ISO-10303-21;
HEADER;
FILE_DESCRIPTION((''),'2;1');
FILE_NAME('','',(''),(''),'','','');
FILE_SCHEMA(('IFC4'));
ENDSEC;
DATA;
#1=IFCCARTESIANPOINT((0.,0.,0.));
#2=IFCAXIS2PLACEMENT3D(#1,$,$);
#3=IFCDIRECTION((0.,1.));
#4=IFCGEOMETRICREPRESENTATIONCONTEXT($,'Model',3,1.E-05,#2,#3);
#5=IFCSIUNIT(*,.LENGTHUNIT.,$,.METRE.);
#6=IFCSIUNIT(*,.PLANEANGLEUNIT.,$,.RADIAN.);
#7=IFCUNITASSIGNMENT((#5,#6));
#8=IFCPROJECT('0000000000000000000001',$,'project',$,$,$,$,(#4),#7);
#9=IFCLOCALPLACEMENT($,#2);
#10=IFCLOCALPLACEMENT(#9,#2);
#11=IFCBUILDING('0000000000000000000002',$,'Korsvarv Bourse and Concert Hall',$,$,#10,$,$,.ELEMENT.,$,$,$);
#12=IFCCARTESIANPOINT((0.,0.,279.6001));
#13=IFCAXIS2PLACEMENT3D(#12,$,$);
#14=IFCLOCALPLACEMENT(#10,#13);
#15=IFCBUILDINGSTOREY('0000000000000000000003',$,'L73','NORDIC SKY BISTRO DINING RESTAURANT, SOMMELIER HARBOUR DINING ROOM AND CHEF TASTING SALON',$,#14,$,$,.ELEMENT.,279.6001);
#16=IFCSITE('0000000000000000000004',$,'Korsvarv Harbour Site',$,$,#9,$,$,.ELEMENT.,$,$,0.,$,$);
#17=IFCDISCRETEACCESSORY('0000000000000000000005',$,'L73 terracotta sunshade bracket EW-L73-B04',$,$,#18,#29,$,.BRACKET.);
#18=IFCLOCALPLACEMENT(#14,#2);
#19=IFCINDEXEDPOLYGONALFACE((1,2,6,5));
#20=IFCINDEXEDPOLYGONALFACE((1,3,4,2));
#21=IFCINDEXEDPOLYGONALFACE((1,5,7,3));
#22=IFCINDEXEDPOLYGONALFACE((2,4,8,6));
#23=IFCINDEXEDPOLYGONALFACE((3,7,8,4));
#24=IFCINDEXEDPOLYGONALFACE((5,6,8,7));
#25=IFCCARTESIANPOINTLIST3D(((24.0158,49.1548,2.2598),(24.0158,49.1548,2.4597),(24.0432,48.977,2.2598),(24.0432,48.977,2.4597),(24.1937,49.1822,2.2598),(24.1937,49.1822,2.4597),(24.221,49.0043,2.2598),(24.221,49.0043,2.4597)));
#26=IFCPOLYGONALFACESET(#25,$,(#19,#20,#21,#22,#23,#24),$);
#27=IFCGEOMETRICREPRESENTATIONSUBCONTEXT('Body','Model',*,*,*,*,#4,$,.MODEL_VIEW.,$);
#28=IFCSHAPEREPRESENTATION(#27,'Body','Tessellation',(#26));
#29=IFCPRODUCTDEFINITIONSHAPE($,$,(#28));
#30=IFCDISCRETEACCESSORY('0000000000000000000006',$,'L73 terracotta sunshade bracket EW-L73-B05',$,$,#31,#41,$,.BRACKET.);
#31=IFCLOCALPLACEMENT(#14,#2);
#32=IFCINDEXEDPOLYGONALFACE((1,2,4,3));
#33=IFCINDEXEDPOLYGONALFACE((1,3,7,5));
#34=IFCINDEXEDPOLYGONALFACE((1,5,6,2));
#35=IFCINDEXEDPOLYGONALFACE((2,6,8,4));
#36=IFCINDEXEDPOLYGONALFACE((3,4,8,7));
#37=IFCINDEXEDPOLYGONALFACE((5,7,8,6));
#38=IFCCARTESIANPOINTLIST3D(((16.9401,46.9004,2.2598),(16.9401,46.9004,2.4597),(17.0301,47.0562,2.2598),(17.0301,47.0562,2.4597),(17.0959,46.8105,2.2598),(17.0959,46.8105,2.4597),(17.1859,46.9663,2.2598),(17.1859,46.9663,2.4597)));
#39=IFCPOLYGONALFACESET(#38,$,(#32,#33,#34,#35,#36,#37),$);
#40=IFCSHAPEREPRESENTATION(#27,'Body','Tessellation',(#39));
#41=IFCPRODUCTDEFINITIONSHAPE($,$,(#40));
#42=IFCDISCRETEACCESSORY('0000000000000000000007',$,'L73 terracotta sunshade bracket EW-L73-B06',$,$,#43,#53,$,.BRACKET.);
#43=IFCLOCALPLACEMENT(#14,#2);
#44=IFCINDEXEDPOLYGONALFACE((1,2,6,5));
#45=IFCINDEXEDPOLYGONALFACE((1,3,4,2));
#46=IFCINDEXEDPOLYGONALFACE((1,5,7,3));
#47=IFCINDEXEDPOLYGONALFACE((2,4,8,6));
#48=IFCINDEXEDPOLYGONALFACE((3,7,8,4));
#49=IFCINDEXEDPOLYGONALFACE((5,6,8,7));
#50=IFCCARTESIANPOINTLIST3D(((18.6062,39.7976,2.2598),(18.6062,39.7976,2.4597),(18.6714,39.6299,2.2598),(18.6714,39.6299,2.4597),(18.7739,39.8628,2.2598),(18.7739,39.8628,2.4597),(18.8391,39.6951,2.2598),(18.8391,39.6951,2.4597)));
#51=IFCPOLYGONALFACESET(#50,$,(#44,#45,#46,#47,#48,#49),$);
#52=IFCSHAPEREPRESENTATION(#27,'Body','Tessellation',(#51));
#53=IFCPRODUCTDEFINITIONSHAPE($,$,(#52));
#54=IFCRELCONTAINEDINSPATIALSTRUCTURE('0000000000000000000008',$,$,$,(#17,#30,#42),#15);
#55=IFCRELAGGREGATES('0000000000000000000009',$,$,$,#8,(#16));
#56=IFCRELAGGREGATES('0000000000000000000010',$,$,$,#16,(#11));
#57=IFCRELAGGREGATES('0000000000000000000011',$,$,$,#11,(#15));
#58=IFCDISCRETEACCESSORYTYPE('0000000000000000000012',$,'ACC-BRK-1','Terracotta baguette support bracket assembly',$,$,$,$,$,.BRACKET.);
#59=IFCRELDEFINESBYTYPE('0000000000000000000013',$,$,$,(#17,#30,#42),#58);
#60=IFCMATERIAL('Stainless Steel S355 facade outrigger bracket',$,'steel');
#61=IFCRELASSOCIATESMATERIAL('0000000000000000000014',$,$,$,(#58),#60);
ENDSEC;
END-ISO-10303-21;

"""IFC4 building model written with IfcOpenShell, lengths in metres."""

from ifc_helpers import new_model, si_unit, direction, frame, origin, origin_2d, place, context, subcontext, project, spatial, rectangle, extrude, source, transform, mapped, material, type_object, element, save


model = new_model("IFC4")

# Units and contexts
model_context = context("Model", 3, precision=1e-05, world=origin(), true_north=direction((0.0, 1.0)))
body_context = subcontext(model_context, "Body", "Model", "MODEL_VIEW")
ifc_project = project(units=[si_unit("LENGTHUNIT", "METRE"), si_unit("PLANEANGLEUNIT", "RADIAN")], contexts=[model_context])

# Site, building, storey
site_placement = place(None, origin())
site = spatial("IfcSite", under=ifc_project, at=site_placement, Name="Korsvarv Harbour Site", CompositionType="ELEMENT", RefElevation=0.0)
building_placement = place(site_placement, origin())
building = spatial("IfcBuilding", under=site, at=building_placement, Name="Korsvarv Bourse and Concert Hall", CompositionType="ELEMENT")
storey_placement = place(building_placement, frame((0.0, 0.0, 279.6001)))
storey = spatial("IfcBuildingStorey", under=building, at=storey_placement, Name="L73", Description="NORDIC SKY BISTRO DINING RESTAURANT, SOMMELIER HARBOUR DINING ROOM AND CHEF TASTING SALON", CompositionType="ELEMENT", Elevation=279.6001)

# Discrete accessories
ifc_material_1 = material(Name="Stainless Steel S355 facade outrigger bracket", Category="steel")
discrete_accessory_type = type_object("IfcDiscreteAccessoryType", Name="ACC-BRK-1", Description="Terracotta baguette support bracket assembly", PredefinedType="BRACKET", material=ifc_material_1)
shared_shape_1 = source(origin(), body_context, "Body", "SweptSolid", [
    extrude(rectangle(XDim=0.1799, YDim=0.1799, at=origin_2d()), origin(), (0.0, 0.0, 1.0), 0.2),
])
for number, where, z_axis, x_axis, name in (
    (1, (24.1184, 49.0796, 2.2598), (0.0, 0.0, 1.0), (-0.988388, -0.151951, 0.0), "L73 terracotta sunshade bracket EW-L73-B04"),
    (2, (17.063, 46.9333, 2.2598), (0.0, 0.0, 1.0), (-0.5, -0.866025, 0.0), "L73 terracotta sunshade bracket EW-L73-B05"),
    (3, (18.7227, 39.7463, 2.2598), (0.0, 0.0, 1.0), (0.362601, -0.931945, 0.0), "L73 terracotta sunshade bracket EW-L73-B06"),
):
    element("IfcDiscreteAccessory", number, at=place(storey_placement, frame(where, z_axis=z_axis, x_axis=x_axis)), inside=storey, type_object=discrete_accessory_type, Name=name, PredefinedType="BRACKET", context=body_context, shape_type="MappedRepresentation", body=[
        mapped(shared_shape_1, transform((0.0, 0.0, 0.0), scale=1.0)),
    ])

save(model, "model.ifc")
